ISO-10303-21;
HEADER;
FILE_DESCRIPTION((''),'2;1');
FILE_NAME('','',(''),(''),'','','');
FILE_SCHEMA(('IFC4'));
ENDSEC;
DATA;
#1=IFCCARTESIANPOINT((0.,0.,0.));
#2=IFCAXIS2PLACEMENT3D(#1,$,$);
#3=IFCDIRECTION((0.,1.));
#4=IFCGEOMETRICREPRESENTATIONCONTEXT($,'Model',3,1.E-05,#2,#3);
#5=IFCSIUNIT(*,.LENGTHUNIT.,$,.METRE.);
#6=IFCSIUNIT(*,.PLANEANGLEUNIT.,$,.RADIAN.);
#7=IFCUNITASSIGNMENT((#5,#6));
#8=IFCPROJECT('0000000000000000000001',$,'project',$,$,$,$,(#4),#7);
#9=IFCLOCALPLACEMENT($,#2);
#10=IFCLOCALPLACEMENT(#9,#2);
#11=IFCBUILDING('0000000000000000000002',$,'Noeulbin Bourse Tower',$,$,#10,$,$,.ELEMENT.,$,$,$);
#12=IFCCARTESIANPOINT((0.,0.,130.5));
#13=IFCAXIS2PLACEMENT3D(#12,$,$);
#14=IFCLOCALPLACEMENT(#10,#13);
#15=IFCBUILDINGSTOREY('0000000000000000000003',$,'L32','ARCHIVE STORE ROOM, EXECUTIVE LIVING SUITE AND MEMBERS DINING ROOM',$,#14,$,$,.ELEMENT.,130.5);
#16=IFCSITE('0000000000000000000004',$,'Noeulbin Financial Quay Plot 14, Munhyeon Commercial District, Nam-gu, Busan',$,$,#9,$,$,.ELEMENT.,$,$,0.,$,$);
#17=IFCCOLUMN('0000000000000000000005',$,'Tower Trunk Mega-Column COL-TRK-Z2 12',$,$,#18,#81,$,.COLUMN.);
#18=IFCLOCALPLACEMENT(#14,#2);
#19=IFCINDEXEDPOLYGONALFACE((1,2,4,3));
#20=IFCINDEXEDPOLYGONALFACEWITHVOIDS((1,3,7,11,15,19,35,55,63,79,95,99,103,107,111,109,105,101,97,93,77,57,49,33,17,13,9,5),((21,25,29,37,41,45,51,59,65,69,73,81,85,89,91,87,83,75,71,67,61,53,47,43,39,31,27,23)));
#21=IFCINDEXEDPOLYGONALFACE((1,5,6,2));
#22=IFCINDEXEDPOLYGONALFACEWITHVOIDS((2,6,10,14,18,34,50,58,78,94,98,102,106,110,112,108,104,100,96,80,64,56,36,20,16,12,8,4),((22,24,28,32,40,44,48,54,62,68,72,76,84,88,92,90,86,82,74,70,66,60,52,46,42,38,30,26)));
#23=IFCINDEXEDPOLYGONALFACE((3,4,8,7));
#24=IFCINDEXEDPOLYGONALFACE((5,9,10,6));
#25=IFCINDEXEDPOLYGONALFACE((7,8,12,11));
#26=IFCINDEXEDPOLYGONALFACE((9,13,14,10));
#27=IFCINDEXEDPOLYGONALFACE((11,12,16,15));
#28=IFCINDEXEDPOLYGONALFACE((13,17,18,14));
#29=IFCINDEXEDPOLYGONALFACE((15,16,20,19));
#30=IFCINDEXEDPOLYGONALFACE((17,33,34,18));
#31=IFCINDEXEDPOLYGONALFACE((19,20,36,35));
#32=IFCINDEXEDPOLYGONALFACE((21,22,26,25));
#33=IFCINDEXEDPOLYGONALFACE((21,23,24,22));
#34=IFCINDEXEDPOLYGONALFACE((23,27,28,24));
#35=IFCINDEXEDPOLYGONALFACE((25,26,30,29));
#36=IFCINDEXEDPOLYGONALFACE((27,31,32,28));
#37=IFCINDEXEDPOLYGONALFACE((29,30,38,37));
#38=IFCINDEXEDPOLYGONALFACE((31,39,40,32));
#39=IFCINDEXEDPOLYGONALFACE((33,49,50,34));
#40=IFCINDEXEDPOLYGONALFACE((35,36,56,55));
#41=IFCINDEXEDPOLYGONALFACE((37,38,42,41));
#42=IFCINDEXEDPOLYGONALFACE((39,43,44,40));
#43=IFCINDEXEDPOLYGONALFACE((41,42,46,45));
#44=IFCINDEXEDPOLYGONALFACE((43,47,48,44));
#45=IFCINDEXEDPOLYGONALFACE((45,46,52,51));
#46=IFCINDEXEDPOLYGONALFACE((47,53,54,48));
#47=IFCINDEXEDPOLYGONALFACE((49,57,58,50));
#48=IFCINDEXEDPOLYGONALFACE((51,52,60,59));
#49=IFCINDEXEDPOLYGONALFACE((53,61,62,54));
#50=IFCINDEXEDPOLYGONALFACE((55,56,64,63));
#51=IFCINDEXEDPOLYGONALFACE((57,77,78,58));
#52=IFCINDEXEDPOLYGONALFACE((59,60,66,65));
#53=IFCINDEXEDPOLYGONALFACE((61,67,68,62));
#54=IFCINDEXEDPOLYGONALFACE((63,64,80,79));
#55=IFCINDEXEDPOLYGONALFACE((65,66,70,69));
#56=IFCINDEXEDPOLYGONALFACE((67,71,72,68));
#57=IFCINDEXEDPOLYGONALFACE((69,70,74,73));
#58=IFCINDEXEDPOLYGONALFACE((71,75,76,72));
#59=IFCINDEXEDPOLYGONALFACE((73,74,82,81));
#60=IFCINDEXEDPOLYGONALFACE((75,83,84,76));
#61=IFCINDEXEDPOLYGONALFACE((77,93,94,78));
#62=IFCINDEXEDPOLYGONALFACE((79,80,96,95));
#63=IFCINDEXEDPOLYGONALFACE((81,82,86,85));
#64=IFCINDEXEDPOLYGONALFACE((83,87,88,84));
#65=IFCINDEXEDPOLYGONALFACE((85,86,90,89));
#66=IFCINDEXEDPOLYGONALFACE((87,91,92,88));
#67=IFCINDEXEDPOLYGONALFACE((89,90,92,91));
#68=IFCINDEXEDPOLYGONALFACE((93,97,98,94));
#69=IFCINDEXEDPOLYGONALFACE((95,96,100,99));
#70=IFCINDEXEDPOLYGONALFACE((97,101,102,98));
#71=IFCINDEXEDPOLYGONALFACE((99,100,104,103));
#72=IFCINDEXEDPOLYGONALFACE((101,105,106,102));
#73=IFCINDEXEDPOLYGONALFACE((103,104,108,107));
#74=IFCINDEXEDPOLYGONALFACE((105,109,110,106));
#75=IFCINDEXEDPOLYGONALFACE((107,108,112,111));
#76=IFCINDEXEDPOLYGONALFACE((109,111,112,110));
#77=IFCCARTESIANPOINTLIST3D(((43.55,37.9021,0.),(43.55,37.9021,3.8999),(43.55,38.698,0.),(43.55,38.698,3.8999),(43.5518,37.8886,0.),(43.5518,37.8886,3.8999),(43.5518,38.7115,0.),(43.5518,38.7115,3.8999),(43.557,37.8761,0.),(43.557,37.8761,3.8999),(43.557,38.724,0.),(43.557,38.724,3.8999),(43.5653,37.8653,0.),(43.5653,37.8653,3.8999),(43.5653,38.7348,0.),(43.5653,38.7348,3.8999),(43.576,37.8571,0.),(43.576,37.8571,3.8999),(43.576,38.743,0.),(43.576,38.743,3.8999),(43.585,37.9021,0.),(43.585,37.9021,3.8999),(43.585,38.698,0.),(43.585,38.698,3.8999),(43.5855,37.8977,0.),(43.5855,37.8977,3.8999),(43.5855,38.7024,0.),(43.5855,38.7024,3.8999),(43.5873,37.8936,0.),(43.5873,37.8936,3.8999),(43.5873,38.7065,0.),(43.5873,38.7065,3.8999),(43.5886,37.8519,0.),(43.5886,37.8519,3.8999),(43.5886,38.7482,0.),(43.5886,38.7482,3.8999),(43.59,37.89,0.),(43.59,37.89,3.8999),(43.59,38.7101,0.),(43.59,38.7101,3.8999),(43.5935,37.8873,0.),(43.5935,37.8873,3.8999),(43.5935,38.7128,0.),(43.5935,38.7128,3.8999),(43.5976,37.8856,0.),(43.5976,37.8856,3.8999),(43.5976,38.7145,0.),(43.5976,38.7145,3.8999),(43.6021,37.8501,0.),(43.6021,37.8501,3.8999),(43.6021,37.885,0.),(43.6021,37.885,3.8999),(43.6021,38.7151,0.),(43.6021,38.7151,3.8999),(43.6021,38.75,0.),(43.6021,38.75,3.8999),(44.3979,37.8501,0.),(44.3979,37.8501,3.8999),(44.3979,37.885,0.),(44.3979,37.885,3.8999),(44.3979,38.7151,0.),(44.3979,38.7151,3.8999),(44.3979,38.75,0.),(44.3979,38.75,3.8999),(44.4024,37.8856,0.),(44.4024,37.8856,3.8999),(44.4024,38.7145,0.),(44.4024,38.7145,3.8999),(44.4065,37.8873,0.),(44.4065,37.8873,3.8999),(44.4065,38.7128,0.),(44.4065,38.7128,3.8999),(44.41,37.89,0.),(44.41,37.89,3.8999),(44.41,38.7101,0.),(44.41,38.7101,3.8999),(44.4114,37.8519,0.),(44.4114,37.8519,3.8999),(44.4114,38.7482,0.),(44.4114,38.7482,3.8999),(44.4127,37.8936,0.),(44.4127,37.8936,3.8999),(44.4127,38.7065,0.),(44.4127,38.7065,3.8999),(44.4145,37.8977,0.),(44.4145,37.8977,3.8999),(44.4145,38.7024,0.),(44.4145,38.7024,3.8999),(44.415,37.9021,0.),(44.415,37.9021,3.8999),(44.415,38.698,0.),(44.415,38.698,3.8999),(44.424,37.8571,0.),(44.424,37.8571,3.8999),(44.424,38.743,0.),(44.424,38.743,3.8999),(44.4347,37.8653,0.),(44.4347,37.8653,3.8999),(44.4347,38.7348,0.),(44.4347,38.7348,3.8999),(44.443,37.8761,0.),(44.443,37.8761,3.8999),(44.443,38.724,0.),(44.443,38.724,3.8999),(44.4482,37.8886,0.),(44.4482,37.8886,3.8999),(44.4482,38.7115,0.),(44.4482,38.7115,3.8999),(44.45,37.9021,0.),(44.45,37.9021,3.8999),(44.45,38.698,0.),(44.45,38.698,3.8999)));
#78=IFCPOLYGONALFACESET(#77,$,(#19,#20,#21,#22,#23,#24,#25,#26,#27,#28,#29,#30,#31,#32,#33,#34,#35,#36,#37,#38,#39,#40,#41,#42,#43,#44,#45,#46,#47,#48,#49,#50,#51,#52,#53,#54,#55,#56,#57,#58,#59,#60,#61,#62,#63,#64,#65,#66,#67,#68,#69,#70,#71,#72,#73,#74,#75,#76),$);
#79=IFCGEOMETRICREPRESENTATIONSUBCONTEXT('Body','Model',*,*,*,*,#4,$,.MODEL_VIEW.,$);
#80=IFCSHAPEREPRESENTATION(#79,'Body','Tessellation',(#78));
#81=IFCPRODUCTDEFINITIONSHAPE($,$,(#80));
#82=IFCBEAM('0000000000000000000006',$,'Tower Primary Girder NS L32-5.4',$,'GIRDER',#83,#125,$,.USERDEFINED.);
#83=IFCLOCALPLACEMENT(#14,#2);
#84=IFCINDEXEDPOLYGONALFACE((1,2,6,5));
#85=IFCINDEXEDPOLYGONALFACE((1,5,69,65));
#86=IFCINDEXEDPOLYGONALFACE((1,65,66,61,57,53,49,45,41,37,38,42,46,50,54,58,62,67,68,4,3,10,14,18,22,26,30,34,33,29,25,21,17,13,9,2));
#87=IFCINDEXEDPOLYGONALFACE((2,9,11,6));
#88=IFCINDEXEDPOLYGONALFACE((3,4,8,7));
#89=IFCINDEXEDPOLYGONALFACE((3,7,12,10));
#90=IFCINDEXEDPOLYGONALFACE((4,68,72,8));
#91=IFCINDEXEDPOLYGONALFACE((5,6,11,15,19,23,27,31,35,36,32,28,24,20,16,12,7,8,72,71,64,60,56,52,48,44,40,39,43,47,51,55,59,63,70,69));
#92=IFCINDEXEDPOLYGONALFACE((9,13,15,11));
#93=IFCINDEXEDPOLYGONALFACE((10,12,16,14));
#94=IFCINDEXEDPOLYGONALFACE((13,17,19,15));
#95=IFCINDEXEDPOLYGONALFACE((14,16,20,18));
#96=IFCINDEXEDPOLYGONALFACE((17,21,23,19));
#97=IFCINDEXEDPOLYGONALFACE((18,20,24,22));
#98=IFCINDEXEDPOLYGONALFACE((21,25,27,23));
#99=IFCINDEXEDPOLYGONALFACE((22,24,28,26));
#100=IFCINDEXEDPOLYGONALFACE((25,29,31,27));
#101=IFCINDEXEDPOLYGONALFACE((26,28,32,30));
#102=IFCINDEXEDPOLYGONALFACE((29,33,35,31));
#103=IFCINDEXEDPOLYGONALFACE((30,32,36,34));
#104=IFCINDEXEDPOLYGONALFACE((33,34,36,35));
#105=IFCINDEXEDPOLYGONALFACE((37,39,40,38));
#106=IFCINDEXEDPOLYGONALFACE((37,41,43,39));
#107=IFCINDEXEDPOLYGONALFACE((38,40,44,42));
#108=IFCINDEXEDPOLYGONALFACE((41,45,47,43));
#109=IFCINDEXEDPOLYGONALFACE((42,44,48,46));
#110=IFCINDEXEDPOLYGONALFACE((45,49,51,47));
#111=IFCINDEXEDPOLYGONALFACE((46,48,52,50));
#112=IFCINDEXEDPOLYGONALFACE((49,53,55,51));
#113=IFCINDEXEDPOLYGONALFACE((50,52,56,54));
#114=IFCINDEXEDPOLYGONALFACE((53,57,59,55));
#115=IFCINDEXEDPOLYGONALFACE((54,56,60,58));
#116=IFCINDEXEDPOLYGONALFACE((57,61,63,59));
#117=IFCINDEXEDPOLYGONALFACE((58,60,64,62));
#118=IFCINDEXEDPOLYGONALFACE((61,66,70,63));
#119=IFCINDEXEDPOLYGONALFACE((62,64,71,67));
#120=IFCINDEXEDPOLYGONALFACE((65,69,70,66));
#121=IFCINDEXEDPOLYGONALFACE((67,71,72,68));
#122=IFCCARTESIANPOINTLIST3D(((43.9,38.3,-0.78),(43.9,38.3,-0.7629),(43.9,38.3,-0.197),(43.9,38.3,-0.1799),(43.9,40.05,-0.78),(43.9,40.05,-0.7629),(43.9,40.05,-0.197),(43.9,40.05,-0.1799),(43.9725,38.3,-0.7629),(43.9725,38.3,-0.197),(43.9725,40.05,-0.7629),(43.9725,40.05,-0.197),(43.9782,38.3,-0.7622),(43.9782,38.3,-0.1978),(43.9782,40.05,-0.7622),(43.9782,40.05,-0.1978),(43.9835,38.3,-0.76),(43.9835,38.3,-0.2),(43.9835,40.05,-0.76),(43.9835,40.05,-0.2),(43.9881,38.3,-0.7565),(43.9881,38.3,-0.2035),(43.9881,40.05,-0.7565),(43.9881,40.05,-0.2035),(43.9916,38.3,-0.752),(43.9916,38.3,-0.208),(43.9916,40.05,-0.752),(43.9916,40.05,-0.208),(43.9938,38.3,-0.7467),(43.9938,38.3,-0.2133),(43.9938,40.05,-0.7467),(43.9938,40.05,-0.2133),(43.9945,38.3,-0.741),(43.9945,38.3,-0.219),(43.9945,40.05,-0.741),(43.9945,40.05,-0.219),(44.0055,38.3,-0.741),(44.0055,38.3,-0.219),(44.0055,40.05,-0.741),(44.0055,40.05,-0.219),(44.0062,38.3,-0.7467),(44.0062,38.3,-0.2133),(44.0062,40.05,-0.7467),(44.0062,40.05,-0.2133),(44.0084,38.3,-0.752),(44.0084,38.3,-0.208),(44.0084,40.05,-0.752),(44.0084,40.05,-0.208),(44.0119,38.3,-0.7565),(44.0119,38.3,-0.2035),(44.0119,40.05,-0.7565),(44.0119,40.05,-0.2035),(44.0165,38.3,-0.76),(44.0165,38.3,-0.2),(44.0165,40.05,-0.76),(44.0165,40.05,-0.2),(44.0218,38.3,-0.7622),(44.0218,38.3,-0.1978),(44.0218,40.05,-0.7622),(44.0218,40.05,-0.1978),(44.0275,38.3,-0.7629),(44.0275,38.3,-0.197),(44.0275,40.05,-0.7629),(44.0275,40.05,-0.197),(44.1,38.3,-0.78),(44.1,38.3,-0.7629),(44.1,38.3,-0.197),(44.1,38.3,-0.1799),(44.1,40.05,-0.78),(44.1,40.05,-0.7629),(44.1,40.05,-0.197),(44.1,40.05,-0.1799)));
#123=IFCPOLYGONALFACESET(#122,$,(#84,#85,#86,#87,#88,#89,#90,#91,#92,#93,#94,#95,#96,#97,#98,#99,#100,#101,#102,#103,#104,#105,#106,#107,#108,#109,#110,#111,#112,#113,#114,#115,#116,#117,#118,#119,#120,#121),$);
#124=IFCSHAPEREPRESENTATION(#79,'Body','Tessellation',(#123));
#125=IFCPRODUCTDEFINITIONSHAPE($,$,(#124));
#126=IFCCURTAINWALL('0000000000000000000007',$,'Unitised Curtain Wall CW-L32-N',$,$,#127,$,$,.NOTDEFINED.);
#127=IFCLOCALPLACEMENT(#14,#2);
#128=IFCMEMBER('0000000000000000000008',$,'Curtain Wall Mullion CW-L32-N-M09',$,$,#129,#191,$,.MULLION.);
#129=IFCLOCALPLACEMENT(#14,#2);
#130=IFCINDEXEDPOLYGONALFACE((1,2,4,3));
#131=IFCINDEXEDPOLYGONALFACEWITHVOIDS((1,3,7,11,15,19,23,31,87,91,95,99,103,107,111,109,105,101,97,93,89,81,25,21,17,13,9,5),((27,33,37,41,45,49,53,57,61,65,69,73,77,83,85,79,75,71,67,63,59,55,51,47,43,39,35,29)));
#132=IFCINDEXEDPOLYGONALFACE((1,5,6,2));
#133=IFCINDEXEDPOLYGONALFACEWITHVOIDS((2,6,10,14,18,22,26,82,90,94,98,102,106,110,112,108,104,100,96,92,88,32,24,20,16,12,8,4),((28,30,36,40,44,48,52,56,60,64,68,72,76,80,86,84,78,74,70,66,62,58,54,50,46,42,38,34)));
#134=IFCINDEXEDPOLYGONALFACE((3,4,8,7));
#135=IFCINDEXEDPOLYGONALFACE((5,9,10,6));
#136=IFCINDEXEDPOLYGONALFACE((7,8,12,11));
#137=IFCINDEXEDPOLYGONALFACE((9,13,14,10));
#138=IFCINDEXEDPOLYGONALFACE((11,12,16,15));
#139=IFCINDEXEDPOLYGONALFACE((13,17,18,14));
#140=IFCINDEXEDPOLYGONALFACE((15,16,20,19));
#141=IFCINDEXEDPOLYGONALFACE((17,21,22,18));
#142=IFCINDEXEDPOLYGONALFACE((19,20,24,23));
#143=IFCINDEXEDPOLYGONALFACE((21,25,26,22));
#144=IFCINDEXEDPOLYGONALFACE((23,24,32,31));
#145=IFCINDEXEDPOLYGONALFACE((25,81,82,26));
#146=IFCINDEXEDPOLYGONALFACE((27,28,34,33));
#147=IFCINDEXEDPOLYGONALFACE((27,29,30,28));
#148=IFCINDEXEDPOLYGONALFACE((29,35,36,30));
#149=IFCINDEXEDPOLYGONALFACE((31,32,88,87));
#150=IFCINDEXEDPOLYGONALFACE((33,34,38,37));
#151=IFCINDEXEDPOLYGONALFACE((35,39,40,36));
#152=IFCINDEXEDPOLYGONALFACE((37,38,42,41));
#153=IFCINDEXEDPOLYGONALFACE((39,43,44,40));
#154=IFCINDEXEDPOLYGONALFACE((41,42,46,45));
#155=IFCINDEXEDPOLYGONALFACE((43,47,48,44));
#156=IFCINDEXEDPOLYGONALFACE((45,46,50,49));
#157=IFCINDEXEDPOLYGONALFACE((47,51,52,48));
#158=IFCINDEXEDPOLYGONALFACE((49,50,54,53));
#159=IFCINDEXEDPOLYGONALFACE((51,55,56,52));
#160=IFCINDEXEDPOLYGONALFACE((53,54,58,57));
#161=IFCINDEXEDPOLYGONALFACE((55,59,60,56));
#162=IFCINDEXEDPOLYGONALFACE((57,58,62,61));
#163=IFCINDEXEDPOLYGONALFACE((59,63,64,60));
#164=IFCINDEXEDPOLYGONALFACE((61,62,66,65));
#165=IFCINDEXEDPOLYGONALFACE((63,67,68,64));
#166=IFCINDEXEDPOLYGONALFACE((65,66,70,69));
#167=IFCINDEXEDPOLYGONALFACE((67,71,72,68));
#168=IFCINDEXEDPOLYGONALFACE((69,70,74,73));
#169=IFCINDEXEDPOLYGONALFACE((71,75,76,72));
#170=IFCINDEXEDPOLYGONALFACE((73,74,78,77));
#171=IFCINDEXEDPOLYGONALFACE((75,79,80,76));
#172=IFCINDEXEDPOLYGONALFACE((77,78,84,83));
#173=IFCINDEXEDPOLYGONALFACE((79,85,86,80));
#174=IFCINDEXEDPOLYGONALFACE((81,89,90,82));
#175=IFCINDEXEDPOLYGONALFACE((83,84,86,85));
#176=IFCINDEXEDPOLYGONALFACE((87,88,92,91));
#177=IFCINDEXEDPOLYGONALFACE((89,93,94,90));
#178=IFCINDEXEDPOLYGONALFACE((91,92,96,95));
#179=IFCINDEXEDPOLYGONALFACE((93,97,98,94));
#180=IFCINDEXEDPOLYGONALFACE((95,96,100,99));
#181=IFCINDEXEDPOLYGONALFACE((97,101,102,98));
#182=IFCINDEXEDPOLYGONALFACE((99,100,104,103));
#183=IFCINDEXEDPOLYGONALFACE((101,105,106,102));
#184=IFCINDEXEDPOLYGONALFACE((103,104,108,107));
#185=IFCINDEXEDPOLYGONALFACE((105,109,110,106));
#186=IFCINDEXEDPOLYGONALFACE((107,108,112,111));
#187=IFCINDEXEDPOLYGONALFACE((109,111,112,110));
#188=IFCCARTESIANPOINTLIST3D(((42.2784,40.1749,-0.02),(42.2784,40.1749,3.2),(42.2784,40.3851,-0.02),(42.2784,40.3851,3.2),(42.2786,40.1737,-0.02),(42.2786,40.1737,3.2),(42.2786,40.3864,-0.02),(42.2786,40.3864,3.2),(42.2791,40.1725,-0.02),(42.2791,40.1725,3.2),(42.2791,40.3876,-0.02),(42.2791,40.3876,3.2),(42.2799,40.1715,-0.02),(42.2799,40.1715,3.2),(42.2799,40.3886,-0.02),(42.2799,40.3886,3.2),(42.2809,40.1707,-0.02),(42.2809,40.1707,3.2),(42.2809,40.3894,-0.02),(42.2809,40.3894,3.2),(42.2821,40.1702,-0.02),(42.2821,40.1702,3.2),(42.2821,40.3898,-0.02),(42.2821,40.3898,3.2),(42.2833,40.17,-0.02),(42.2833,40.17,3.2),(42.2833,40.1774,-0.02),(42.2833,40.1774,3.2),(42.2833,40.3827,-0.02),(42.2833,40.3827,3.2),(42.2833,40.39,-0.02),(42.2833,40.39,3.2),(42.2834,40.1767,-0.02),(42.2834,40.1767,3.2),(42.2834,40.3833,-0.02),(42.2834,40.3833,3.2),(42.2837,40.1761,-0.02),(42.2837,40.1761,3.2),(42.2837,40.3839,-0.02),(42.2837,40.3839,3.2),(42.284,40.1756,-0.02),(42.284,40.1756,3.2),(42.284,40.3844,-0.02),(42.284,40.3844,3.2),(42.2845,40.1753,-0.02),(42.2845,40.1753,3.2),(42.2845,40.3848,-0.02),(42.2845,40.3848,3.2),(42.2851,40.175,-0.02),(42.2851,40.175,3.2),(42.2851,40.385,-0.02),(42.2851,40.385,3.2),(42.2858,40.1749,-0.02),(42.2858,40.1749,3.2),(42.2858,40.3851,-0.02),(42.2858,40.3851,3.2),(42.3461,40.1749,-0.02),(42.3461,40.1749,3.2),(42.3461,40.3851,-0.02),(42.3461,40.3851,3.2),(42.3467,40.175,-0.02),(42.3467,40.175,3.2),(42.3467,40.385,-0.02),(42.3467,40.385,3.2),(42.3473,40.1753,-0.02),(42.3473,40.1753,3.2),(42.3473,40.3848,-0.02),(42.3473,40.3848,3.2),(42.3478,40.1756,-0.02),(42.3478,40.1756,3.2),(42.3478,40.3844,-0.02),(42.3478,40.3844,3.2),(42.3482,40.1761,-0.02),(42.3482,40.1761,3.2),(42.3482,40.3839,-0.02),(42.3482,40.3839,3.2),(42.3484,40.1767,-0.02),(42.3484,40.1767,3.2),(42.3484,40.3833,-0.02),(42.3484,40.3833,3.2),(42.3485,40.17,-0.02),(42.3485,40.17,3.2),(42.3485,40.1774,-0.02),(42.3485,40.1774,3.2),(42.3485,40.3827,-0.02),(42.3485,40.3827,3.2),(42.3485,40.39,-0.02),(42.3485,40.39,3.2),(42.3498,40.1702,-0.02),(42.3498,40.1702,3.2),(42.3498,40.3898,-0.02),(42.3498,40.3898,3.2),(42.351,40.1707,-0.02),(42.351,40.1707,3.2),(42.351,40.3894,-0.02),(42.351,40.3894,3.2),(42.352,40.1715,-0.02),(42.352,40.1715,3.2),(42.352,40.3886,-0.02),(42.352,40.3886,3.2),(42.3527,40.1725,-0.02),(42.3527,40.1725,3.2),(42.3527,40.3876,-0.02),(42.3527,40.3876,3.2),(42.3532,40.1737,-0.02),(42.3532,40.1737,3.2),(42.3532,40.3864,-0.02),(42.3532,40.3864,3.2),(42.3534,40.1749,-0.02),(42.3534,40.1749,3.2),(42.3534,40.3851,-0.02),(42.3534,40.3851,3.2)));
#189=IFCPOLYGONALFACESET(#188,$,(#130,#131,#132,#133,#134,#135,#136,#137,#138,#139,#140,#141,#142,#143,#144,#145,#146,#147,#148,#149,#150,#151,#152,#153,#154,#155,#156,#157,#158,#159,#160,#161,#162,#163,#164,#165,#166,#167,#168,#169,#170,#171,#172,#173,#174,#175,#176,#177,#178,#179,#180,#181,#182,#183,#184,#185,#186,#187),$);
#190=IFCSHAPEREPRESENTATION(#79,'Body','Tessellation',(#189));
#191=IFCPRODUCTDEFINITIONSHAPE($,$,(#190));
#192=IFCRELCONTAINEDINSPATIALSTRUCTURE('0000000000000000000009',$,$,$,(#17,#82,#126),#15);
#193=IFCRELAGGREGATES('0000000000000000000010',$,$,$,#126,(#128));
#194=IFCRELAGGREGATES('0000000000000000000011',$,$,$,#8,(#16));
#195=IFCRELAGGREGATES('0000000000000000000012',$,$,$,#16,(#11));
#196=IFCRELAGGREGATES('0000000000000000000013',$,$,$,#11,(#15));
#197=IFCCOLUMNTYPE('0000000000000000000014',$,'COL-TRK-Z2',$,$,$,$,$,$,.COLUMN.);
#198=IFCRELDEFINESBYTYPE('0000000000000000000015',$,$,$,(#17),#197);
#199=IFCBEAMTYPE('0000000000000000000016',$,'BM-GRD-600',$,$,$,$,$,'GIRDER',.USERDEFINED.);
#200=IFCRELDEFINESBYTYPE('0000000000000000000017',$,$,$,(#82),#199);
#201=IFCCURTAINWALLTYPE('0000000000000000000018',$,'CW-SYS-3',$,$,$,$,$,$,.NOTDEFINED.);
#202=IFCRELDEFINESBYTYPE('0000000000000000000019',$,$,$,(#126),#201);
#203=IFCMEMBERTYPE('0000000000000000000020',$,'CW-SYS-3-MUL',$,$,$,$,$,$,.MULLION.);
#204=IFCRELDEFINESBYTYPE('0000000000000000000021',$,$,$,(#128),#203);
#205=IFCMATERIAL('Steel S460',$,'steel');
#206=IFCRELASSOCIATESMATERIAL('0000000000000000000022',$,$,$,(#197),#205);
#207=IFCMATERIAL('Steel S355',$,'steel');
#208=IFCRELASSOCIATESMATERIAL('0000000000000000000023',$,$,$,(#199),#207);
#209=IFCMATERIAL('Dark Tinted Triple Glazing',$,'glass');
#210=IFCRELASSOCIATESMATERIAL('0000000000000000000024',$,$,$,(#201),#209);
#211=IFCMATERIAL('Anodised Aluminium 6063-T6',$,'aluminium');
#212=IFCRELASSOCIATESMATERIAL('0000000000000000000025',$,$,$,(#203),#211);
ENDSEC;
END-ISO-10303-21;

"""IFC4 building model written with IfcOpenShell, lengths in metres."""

from ifc_helpers import new_model, si_unit, direction, frame, origin, origin_2d, place, context, subcontext, project, spatial, hollow_rectangle, i_section, extrude, material, material_profile, profile_set, type_object, element, aggregate, save


model = new_model("IFC4")

# Units and contexts
model_context = context("Model", 3, precision=1e-05, world=origin(), true_north=direction((0.0, 1.0)))
body_context = subcontext(model_context, "Body", "Model", "MODEL_VIEW")
ifc_project = project(units=[si_unit("LENGTHUNIT", "METRE"), si_unit("PLANEANGLEUNIT", "RADIAN")], contexts=[model_context])

# Site, building, storey
site_placement = place(None, origin())
site = spatial("IfcSite", under=ifc_project, at=site_placement, Name="Noeulbin Financial Quay Plot 14, Munhyeon Commercial District, Nam-gu, Busan", CompositionType="ELEMENT", RefElevation=0.0)
building_placement = place(site_placement, origin())
building = spatial("IfcBuilding", under=site, at=building_placement, Name="Noeulbin Bourse Tower", CompositionType="ELEMENT")
storey_placement = place(building_placement, frame((0.0, 0.0, 130.5)))
storey = spatial("IfcBuildingStorey", under=building, at=storey_placement, Name="L32", Description="ARCHIVE STORE ROOM, EXECUTIVE LIVING SUITE AND MEMBERS DINING ROOM", CompositionType="ELEMENT", Elevation=130.5)

# Column
ifc_material_1 = material(Name="Steel S460", Category="steel")
ifc_material_profile_1 = material_profile(ifc_material_1, hollow_rectangle(XDim=0.8999, YDim=0.8999, WallThickness=0.0349, InnerFilletRadius=0.0171, OuterFilletRadius=0.052, at=origin_2d()), Name="BOX-900x900x35", Category="LoadBearing")
ifc_profile_set_1 = profile_set([ifc_material_profile_1], Name="Steel S460")
column_type = type_object("IfcColumnType", Name="COL-TRK-Z2", PredefinedType="COLUMN", material=ifc_profile_set_1)
column_placement = place(storey_placement, frame((44.0, 38.3, 0.0), z_axis=(0.0, 0.0, 1.0), x_axis=(1.0, 0.0, 0.0)))
element("IfcColumn", 1, at=column_placement, inside=storey, type_object=column_type, Name="Tower Trunk Mega-Column COL-TRK-Z2 12", PredefinedType="COLUMN", context=body_context, shape_type="SweptSolid", body=[
    extrude(hollow_rectangle(XDim=0.8999, YDim=0.8999, WallThickness=0.0349, InnerFilletRadius=0.0171, OuterFilletRadius=0.052, at=origin_2d()), origin(), (0.0, 0.0, 1.0), 3.8999),
])

# Beam
ifc_material_2 = material(Name="Steel S355", Category="steel")
ifc_material_profile_2 = material_profile(ifc_material_2, i_section(OverallWidth=0.2, OverallDepth=0.6001, WebThickness=0.011, FlangeThickness=0.0171, FilletRadius=0.022, at=origin_2d()), Name="H-600x200x11x17", Category="LoadBearing")
ifc_profile_set_2 = profile_set([ifc_material_profile_2], Name="Steel S355")
beam_type = type_object("IfcBeamType", Name="BM-GRD-600", ElementType="GIRDER", PredefinedType="USERDEFINED", material=ifc_profile_set_2)
beam_placement = place(storey_placement, frame((44.0, 38.3, -0.48), z_axis=(0.0, 1.0, 0.0), x_axis=(-1.0, 0.0, 0.0)))
element("IfcBeam", 2, at=beam_placement, inside=storey, type_object=beam_type, Name="Tower Primary Girder NS L32-5.4", ObjectType="GIRDER", PredefinedType="USERDEFINED", context=body_context, shape_type="SweptSolid", body=[
    extrude(i_section(OverallWidth=0.2, OverallDepth=0.6001, WebThickness=0.011, FlangeThickness=0.0171, FilletRadius=0.022, at=origin_2d()), origin(), (0.0, 0.0, 1.0), 1.75),
])

# Curtain wall, member
ifc_material_3 = material(Name="Dark Tinted Triple Glazing", Category="glass")
curtain_wall_type = type_object("IfcCurtainWallType", Name="CW-SYS-3", PredefinedType="NOTDEFINED", material=ifc_material_3)
curtain_wall_1_placement = place(storey_placement, origin())
curtain_wall_1 = element("IfcCurtainWall", 3, at=curtain_wall_1_placement, inside=storey, type_object=curtain_wall_type, Name="Unitised Curtain Wall CW-L32-N", PredefinedType="NOTDEFINED")
ifc_material_4 = material(Name="Anodised Aluminium 6063-T6", Category="aluminium")
ifc_material_profile_3 = material_profile(ifc_material_4, hollow_rectangle(XDim=0.075, YDim=0.22, WallThickness=0.0049, InnerFilletRadius=0.0024, OuterFilletRadius=0.0049, at=origin_2d()), Name="ALU-MULL-75x220x5", Category="LoadBearing")
ifc_profile_set_3 = profile_set([ifc_material_profile_3], Name="Anodised Aluminium 6063-T6")
member_type_1 = type_object("IfcMemberType", Name="CW-SYS-3-MUL", PredefinedType="MULLION", material=ifc_profile_set_3)
member_1_placement = place(storey_placement, frame((42.3159, 40.28, -0.02), z_axis=(0.0, 0.0, 1.0), x_axis=(1.0, 0.0, 0.0)))
member_1 = element("IfcMember", 4, at=member_1_placement, type_object=member_type_1, Name="Curtain Wall Mullion CW-L32-N-M09", PredefinedType="MULLION", context=body_context, shape_type="SweptSolid", body=[
    extrude(hollow_rectangle(XDim=0.075, YDim=0.22, WallThickness=0.0049, InnerFilletRadius=0.0024, OuterFilletRadius=0.0049, at=origin_2d()), origin(), (0.0, 0.0, 1.0), 3.22),
])

aggregate(curtain_wall_1, [member_1])

save(model, "model.ifc")
